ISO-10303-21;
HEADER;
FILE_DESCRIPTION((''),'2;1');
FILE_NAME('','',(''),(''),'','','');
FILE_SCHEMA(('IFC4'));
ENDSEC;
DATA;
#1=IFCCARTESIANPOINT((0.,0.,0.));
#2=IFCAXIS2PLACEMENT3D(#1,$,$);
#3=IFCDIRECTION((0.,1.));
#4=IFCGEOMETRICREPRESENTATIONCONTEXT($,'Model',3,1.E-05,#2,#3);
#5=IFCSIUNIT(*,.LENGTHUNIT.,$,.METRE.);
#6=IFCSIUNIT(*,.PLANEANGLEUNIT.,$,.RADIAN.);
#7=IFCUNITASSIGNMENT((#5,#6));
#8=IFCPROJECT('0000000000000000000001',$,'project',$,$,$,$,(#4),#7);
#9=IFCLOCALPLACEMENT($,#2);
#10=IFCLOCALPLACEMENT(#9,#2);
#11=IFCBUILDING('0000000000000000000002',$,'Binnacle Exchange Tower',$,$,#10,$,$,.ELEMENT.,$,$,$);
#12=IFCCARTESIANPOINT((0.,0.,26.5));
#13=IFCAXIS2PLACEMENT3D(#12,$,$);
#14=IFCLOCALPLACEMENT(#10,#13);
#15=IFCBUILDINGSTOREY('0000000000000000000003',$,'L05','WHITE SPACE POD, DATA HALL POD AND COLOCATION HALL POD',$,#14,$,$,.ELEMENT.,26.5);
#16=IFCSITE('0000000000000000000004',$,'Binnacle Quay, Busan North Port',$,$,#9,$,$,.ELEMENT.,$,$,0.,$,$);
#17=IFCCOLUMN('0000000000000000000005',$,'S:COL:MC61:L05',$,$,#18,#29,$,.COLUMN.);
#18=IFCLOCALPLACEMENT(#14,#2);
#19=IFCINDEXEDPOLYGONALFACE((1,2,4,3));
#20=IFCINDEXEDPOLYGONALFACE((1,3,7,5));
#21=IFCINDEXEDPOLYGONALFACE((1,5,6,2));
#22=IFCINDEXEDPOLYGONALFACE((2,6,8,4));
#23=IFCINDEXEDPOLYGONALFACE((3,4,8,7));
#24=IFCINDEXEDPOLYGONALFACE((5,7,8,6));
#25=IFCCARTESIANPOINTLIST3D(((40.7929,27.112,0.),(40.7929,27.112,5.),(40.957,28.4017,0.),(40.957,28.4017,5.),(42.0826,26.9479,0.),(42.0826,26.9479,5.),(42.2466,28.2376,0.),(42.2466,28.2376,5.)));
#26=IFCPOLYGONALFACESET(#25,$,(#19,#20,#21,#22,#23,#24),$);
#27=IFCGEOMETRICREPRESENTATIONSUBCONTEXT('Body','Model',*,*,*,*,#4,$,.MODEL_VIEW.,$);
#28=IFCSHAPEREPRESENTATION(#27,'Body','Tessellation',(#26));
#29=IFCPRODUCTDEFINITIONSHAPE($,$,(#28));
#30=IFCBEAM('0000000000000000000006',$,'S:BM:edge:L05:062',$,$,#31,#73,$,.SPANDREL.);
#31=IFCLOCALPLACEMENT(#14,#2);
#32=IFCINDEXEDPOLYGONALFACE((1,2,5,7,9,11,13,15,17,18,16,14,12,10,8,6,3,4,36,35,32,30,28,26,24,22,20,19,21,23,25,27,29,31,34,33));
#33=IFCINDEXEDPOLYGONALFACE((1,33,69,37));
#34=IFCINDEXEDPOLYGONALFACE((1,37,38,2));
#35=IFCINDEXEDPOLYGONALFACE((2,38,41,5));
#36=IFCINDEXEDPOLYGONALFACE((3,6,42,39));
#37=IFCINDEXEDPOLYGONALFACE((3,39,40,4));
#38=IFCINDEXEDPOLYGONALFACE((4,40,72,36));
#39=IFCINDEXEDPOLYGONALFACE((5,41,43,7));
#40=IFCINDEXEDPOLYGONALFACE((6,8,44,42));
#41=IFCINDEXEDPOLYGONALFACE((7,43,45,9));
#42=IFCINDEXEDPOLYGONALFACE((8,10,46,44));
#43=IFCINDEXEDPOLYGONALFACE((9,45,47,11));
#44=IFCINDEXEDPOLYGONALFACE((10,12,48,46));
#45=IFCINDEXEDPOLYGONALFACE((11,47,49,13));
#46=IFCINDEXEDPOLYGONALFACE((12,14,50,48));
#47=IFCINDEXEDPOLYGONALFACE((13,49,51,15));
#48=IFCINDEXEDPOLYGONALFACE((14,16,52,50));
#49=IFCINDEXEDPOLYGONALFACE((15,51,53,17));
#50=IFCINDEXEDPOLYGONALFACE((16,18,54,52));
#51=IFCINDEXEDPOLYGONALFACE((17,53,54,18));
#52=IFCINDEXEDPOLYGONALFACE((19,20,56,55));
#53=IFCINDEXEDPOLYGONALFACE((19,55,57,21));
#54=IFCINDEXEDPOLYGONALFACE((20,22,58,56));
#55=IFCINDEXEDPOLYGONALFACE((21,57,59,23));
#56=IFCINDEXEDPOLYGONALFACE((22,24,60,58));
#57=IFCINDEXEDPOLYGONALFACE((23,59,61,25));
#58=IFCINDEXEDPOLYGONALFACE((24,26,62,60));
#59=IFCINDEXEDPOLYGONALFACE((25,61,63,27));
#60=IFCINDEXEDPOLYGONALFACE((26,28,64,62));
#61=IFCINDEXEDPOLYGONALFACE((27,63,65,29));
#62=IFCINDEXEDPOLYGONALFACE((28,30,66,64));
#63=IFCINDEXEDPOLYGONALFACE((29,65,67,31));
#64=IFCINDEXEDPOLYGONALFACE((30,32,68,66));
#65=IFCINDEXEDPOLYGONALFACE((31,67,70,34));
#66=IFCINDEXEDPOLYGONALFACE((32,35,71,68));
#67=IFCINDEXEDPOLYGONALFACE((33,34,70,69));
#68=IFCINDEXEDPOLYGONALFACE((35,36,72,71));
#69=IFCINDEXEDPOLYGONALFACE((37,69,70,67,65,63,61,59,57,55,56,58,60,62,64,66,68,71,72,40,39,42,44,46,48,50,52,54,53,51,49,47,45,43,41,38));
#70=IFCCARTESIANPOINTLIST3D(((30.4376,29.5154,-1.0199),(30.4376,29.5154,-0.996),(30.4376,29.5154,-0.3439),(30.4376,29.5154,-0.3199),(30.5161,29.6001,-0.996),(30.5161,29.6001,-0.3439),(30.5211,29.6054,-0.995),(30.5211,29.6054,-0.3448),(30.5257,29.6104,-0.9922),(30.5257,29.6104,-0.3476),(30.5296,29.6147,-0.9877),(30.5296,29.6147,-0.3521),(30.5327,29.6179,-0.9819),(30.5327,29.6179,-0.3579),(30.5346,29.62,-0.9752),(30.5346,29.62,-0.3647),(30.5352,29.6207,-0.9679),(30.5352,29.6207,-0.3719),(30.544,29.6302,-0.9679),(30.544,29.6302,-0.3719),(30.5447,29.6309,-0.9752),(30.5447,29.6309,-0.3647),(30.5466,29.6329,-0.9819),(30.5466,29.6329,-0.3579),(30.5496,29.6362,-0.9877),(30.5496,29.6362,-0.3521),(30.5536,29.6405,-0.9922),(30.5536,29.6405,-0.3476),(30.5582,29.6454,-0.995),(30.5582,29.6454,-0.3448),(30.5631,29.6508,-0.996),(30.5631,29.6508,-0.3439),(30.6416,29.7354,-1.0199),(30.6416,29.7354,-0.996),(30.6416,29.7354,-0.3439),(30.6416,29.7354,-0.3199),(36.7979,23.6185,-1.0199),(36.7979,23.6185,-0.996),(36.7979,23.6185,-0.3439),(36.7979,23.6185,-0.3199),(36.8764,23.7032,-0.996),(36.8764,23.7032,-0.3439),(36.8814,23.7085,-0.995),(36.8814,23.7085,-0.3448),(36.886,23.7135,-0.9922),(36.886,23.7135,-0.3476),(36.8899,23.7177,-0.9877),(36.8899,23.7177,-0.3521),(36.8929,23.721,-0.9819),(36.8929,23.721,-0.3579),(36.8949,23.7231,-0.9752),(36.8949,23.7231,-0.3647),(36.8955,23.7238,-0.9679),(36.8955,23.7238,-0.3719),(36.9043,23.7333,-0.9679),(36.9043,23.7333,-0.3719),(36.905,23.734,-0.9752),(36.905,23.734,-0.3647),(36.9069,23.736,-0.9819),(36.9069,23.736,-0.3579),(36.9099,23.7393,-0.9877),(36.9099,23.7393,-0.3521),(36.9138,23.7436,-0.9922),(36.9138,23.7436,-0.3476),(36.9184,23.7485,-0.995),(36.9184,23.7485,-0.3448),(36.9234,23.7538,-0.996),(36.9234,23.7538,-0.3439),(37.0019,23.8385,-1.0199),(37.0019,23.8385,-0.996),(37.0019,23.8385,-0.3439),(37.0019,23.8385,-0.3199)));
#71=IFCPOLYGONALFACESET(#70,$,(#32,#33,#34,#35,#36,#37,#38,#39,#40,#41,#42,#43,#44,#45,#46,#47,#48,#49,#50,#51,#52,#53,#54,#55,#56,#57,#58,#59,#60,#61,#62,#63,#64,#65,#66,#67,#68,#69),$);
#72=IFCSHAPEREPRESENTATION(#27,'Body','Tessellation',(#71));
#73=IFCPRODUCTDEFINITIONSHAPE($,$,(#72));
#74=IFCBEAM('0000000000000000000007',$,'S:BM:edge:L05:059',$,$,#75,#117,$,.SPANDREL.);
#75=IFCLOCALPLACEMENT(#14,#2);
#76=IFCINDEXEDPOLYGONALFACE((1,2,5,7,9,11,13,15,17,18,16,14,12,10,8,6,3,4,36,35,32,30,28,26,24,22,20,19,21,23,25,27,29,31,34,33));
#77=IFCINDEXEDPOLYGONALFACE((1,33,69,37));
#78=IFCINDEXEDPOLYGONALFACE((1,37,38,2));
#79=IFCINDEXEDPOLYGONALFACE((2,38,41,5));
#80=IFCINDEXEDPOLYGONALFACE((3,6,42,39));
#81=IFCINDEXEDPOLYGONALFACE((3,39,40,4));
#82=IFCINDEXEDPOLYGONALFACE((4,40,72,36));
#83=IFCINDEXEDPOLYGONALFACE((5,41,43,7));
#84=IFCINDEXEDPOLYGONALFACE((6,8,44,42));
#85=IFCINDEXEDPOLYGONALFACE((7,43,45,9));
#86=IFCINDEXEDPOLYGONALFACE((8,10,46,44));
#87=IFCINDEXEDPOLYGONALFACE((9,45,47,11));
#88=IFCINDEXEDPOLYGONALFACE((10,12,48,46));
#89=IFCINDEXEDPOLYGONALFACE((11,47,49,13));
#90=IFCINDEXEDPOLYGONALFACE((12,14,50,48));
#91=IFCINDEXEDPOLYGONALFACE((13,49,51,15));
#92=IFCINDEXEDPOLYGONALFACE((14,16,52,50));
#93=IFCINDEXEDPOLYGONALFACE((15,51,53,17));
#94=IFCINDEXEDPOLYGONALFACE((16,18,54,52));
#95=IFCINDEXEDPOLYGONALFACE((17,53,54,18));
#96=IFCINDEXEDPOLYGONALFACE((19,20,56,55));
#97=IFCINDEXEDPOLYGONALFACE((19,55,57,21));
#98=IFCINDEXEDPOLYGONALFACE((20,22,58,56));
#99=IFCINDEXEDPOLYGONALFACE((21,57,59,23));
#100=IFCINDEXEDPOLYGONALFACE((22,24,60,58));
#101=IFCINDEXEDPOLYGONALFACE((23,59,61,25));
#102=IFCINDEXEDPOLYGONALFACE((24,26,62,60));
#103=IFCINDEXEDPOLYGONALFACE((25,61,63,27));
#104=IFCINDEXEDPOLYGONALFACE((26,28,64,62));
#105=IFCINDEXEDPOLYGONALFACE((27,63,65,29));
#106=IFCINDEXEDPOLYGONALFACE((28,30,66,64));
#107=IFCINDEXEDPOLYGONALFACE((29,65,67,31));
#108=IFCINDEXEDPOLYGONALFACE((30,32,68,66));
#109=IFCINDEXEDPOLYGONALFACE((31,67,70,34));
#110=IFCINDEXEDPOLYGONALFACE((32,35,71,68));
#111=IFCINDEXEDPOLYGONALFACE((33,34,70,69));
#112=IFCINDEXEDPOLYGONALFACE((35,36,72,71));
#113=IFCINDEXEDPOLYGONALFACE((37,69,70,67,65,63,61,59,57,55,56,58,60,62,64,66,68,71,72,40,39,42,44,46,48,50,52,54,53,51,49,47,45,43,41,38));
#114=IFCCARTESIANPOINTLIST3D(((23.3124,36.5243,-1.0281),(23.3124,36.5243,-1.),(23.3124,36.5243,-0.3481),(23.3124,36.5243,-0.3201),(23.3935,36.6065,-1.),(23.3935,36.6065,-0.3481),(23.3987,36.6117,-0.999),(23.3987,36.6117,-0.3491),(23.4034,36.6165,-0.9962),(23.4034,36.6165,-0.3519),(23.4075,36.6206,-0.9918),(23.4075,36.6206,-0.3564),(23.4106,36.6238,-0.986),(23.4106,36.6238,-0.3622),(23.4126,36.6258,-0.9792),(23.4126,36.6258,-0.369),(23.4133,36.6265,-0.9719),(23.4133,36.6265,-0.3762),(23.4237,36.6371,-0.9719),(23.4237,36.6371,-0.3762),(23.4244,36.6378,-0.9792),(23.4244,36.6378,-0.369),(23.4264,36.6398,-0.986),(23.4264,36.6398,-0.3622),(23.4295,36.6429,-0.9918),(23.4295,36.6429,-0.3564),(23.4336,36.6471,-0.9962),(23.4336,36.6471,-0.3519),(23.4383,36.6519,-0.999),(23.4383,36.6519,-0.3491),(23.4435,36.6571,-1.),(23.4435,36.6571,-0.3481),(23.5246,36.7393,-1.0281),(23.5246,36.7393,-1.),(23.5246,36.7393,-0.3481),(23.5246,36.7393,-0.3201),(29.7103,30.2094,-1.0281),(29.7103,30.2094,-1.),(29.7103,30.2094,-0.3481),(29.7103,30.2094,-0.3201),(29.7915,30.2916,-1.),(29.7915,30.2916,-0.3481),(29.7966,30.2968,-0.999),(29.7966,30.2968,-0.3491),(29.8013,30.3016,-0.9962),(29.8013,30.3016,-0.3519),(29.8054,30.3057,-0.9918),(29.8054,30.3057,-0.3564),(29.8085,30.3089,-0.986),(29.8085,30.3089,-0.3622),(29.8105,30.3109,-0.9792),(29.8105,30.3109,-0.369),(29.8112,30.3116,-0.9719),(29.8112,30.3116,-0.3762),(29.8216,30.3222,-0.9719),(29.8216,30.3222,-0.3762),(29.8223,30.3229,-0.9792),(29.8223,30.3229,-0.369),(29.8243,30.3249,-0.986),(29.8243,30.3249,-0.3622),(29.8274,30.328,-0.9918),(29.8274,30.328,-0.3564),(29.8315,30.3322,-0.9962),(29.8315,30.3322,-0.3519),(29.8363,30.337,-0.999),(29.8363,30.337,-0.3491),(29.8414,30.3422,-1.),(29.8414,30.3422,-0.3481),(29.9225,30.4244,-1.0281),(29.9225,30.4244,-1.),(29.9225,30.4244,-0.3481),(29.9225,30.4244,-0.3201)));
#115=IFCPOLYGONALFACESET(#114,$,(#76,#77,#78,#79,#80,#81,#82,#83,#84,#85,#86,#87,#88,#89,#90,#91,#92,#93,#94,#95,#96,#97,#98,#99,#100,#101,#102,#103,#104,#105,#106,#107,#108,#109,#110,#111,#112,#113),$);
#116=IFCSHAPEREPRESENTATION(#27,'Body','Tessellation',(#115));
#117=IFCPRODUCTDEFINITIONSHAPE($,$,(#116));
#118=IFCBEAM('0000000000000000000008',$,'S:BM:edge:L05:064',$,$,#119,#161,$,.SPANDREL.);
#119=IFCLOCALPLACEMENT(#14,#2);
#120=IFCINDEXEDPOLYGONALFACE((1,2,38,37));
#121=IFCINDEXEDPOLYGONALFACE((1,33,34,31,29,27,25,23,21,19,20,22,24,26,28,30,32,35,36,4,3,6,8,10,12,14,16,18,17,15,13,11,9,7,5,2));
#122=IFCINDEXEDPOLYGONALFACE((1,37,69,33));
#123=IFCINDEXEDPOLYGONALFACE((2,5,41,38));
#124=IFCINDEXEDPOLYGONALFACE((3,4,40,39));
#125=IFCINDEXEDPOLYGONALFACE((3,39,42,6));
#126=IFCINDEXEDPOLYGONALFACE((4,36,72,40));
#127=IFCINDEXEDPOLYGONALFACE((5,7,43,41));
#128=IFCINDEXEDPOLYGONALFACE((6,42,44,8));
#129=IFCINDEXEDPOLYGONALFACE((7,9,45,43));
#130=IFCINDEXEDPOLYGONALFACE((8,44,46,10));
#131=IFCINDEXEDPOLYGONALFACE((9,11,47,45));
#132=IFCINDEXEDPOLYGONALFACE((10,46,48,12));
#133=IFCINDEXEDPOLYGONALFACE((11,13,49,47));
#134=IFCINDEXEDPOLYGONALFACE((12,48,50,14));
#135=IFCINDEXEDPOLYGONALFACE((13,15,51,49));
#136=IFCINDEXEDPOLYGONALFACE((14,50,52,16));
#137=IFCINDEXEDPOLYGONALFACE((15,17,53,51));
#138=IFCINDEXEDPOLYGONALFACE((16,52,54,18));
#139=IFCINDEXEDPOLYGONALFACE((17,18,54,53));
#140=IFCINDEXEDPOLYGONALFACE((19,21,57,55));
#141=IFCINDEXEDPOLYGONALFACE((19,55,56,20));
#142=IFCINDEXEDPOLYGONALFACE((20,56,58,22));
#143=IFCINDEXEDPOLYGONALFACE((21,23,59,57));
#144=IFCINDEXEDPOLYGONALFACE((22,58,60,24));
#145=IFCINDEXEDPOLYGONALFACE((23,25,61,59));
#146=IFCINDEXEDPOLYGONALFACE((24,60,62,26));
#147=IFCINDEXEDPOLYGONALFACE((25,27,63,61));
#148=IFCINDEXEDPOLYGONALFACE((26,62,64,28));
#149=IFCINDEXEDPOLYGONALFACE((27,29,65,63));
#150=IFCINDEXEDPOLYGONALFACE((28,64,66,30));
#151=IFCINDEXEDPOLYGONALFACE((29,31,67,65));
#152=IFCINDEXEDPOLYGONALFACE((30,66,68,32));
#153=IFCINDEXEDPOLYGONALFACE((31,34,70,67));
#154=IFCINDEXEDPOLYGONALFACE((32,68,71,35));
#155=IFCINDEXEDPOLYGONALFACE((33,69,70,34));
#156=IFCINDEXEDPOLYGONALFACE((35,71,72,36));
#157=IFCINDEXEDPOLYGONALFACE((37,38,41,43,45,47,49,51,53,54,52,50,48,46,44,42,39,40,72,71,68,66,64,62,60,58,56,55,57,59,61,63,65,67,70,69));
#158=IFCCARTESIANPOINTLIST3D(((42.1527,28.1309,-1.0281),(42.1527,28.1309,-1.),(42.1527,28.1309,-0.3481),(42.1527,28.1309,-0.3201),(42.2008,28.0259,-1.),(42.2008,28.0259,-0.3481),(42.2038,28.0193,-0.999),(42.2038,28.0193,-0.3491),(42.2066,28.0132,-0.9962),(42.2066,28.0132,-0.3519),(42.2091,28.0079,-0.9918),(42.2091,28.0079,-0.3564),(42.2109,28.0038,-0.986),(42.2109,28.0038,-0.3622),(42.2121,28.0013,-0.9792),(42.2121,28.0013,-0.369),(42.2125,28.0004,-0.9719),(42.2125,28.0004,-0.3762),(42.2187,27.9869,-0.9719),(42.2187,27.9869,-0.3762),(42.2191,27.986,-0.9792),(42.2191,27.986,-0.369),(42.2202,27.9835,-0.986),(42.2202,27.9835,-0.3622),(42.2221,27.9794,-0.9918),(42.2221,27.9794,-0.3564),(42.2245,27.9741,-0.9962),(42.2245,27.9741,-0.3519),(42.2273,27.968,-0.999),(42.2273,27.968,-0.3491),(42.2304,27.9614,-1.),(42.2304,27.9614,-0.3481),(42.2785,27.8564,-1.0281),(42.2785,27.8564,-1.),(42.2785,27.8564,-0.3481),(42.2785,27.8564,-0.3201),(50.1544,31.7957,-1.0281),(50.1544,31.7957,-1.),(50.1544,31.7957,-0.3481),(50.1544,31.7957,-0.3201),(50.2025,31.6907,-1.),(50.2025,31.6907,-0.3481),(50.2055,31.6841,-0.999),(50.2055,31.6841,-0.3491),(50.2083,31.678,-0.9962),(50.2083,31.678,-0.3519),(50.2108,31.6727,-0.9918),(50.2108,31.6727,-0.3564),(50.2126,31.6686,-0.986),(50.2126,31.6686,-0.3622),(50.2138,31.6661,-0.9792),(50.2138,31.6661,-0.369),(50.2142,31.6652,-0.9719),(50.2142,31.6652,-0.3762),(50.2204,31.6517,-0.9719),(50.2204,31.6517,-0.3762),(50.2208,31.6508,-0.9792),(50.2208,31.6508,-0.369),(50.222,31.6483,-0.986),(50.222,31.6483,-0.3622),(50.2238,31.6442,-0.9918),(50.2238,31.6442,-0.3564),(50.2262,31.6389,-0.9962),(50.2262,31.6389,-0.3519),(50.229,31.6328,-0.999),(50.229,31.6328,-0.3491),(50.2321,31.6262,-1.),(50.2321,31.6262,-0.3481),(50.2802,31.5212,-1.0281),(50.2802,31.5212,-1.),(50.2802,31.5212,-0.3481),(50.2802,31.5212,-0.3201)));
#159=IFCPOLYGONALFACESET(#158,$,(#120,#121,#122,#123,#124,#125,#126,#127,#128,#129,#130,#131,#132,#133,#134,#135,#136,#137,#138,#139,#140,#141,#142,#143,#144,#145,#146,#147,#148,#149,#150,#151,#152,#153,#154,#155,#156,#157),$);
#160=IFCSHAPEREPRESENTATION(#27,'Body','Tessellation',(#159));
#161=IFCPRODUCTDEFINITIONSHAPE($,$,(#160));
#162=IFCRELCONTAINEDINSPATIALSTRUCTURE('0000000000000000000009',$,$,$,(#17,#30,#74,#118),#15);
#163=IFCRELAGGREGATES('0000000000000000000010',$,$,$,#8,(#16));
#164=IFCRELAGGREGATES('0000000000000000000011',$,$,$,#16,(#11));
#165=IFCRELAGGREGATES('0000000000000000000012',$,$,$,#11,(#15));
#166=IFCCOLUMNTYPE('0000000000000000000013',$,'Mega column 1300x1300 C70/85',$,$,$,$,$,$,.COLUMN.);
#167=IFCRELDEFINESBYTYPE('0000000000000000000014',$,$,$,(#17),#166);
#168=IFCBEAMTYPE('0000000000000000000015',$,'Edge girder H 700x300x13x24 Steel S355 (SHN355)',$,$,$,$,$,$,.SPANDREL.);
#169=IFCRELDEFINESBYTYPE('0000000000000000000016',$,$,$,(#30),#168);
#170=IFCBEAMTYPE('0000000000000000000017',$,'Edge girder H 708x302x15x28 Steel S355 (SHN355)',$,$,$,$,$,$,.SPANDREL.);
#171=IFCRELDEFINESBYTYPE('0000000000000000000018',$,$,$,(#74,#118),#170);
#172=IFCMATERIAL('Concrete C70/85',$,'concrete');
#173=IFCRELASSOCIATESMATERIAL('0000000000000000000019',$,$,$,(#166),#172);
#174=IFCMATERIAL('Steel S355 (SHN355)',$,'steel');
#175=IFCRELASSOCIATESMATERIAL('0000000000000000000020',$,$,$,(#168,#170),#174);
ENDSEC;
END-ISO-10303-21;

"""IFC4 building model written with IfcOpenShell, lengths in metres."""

from ifc_helpers import new_model, si_unit, direction, frame, origin, origin_2d, place, context, subcontext, project, spatial, rectangle, i_section, extrude, material, material_profile, profile_set, type_object, element, save


model = new_model("IFC4")

# Units and contexts
model_context = context("Model", 3, precision=1e-05, world=origin(), true_north=direction((0.0, 1.0)))
body_context = subcontext(model_context, "Body", "Model", "MODEL_VIEW")
ifc_project = project(units=[si_unit("LENGTHUNIT", "METRE"), si_unit("PLANEANGLEUNIT", "RADIAN")], contexts=[model_context])

# Site, building, storey
site_placement = place(None, origin())
site = spatial("IfcSite", under=ifc_project, at=site_placement, Name="Binnacle Quay, Busan North Port", CompositionType="ELEMENT", RefElevation=0.0)
building_placement = place(site_placement, origin())
building = spatial("IfcBuilding", under=site, at=building_placement, Name="Binnacle Exchange Tower", CompositionType="ELEMENT")
storey_placement = place(building_placement, frame((0.0, 0.0, 26.5)))
storey = spatial("IfcBuildingStorey", under=building, at=storey_placement, Name="L05", Description="WHITE SPACE POD, DATA HALL POD AND COLOCATION HALL POD", CompositionType="ELEMENT", Elevation=26.5)

# Column
ifc_material_1 = material(Name="Concrete C70/85", Category="concrete")
ifc_material_profile_1 = material_profile(ifc_material_1, rectangle(XDim=1.3, YDim=1.3, at=origin_2d()), Name="Mega column 1300x1300 C70/85")
ifc_profile_set_1 = profile_set([ifc_material_profile_1], Name="Concrete C70/85")
column_type = type_object("IfcColumnType", Name="Mega column 1300x1300 C70/85", PredefinedType="COLUMN", material=ifc_profile_set_1)
column_placement = place(storey_placement, frame((41.5198, 27.6748, 0.0), z_axis=(0.0, 0.0, 1.0), x_axis=(0.992005, -0.126199, 0.0)))
element("IfcColumn", 1, at=column_placement, inside=storey, type_object=column_type, Name="S:COL:MC61:L05", PredefinedType="COLUMN", context=body_context, shape_type="SweptSolid", body=[
    extrude(rectangle(XDim=1.3, YDim=1.3, at=origin_2d()), origin(), (0.0, 0.0, 1.0), 5.0),
])

# Beams
ifc_material_2 = material(Name="Steel S355 (SHN355)", Category="steel")
ifc_material_profile_2 = material_profile(ifc_material_2, i_section(OverallWidth=0.3, OverallDepth=0.7, WebThickness=0.0129, FlangeThickness=0.0239, FilletRadius=0.0281, at=origin_2d()), Name="H 700x300x13x24")
ifc_profile_set_2 = profile_set([ifc_material_profile_2], Name="Steel S355 (SHN355)")
beam_type_1 = type_object("IfcBeamType", Name="Edge girder H 700x300x13x24 Steel S355 (SHN355)", PredefinedType="SPANDREL", material=ifc_profile_set_2)
beam_1_placement = place(storey_placement, frame((36.8999, 23.7285, -0.6699), z_axis=(-0.733315, 0.679889, 0.0), x_axis=(-0.679889, -0.733315, 0.0)))
element("IfcBeam", 2, at=beam_1_placement, inside=storey, type_object=beam_type_1, Name="S:BM:edge:L05:062", PredefinedType="SPANDREL", context=body_context, shape_type="SweptSolid", body=[
    extrude(i_section(OverallWidth=0.3, OverallDepth=0.7, WebThickness=0.0129, FlangeThickness=0.0239, FilletRadius=0.0281, at=origin_2d()), origin(), (0.0, 0.0, 1.0), 8.6733),
])
ifc_material_profile_3 = material_profile(ifc_material_2, i_section(OverallWidth=0.302, OverallDepth=0.708, WebThickness=0.0149, FlangeThickness=0.0281, FilletRadius=0.0281, at=origin_2d()), Name="H 708x302x15x28")
ifc_profile_set_3 = profile_set([ifc_material_profile_3], Name="Steel S355 (SHN355)")
beam_type_2 = type_object("IfcBeamType", Name="Edge girder H 708x302x15x28 Steel S355 (SHN355)", PredefinedType="SPANDREL", material=ifc_profile_set_3)
beam_2_placement = place(storey_placement, frame((29.8164, 30.3169, -0.6741), z_axis=(-0.711709, 0.702475, 0.0), x_axis=(-0.702475, -0.711709, 0.0)))
element("IfcBeam", 3, at=beam_2_placement, inside=storey, type_object=beam_type_2, Name="S:BM:edge:L05:059", PredefinedType="SPANDREL", context=body_context, shape_type="SweptSolid", body=[
    extrude(i_section(OverallWidth=0.302, OverallDepth=0.708, WebThickness=0.0149, FlangeThickness=0.0281, FilletRadius=0.0281, at=origin_2d()), origin(), (0.0, 0.0, 1.0), 8.9895),
])
beam_3_placement = place(storey_placement, frame((42.2156, 27.9937, -0.6741), z_axis=(0.909179, 0.416405, 0.0), x_axis=(-0.416405, 0.909179, 0.0)))
element("IfcBeam", 4, at=beam_3_placement, inside=storey, type_object=beam_type_2, Name="S:BM:edge:L05:064", PredefinedType="SPANDREL", context=body_context, shape_type="SweptSolid", body=[
    extrude(i_section(OverallWidth=0.302, OverallDepth=0.708, WebThickness=0.0149, FlangeThickness=0.0281, FilletRadius=0.0281, at=origin_2d()), origin(), (0.0, 0.0, 1.0), 8.801),
])

save(model, "model.ifc")
